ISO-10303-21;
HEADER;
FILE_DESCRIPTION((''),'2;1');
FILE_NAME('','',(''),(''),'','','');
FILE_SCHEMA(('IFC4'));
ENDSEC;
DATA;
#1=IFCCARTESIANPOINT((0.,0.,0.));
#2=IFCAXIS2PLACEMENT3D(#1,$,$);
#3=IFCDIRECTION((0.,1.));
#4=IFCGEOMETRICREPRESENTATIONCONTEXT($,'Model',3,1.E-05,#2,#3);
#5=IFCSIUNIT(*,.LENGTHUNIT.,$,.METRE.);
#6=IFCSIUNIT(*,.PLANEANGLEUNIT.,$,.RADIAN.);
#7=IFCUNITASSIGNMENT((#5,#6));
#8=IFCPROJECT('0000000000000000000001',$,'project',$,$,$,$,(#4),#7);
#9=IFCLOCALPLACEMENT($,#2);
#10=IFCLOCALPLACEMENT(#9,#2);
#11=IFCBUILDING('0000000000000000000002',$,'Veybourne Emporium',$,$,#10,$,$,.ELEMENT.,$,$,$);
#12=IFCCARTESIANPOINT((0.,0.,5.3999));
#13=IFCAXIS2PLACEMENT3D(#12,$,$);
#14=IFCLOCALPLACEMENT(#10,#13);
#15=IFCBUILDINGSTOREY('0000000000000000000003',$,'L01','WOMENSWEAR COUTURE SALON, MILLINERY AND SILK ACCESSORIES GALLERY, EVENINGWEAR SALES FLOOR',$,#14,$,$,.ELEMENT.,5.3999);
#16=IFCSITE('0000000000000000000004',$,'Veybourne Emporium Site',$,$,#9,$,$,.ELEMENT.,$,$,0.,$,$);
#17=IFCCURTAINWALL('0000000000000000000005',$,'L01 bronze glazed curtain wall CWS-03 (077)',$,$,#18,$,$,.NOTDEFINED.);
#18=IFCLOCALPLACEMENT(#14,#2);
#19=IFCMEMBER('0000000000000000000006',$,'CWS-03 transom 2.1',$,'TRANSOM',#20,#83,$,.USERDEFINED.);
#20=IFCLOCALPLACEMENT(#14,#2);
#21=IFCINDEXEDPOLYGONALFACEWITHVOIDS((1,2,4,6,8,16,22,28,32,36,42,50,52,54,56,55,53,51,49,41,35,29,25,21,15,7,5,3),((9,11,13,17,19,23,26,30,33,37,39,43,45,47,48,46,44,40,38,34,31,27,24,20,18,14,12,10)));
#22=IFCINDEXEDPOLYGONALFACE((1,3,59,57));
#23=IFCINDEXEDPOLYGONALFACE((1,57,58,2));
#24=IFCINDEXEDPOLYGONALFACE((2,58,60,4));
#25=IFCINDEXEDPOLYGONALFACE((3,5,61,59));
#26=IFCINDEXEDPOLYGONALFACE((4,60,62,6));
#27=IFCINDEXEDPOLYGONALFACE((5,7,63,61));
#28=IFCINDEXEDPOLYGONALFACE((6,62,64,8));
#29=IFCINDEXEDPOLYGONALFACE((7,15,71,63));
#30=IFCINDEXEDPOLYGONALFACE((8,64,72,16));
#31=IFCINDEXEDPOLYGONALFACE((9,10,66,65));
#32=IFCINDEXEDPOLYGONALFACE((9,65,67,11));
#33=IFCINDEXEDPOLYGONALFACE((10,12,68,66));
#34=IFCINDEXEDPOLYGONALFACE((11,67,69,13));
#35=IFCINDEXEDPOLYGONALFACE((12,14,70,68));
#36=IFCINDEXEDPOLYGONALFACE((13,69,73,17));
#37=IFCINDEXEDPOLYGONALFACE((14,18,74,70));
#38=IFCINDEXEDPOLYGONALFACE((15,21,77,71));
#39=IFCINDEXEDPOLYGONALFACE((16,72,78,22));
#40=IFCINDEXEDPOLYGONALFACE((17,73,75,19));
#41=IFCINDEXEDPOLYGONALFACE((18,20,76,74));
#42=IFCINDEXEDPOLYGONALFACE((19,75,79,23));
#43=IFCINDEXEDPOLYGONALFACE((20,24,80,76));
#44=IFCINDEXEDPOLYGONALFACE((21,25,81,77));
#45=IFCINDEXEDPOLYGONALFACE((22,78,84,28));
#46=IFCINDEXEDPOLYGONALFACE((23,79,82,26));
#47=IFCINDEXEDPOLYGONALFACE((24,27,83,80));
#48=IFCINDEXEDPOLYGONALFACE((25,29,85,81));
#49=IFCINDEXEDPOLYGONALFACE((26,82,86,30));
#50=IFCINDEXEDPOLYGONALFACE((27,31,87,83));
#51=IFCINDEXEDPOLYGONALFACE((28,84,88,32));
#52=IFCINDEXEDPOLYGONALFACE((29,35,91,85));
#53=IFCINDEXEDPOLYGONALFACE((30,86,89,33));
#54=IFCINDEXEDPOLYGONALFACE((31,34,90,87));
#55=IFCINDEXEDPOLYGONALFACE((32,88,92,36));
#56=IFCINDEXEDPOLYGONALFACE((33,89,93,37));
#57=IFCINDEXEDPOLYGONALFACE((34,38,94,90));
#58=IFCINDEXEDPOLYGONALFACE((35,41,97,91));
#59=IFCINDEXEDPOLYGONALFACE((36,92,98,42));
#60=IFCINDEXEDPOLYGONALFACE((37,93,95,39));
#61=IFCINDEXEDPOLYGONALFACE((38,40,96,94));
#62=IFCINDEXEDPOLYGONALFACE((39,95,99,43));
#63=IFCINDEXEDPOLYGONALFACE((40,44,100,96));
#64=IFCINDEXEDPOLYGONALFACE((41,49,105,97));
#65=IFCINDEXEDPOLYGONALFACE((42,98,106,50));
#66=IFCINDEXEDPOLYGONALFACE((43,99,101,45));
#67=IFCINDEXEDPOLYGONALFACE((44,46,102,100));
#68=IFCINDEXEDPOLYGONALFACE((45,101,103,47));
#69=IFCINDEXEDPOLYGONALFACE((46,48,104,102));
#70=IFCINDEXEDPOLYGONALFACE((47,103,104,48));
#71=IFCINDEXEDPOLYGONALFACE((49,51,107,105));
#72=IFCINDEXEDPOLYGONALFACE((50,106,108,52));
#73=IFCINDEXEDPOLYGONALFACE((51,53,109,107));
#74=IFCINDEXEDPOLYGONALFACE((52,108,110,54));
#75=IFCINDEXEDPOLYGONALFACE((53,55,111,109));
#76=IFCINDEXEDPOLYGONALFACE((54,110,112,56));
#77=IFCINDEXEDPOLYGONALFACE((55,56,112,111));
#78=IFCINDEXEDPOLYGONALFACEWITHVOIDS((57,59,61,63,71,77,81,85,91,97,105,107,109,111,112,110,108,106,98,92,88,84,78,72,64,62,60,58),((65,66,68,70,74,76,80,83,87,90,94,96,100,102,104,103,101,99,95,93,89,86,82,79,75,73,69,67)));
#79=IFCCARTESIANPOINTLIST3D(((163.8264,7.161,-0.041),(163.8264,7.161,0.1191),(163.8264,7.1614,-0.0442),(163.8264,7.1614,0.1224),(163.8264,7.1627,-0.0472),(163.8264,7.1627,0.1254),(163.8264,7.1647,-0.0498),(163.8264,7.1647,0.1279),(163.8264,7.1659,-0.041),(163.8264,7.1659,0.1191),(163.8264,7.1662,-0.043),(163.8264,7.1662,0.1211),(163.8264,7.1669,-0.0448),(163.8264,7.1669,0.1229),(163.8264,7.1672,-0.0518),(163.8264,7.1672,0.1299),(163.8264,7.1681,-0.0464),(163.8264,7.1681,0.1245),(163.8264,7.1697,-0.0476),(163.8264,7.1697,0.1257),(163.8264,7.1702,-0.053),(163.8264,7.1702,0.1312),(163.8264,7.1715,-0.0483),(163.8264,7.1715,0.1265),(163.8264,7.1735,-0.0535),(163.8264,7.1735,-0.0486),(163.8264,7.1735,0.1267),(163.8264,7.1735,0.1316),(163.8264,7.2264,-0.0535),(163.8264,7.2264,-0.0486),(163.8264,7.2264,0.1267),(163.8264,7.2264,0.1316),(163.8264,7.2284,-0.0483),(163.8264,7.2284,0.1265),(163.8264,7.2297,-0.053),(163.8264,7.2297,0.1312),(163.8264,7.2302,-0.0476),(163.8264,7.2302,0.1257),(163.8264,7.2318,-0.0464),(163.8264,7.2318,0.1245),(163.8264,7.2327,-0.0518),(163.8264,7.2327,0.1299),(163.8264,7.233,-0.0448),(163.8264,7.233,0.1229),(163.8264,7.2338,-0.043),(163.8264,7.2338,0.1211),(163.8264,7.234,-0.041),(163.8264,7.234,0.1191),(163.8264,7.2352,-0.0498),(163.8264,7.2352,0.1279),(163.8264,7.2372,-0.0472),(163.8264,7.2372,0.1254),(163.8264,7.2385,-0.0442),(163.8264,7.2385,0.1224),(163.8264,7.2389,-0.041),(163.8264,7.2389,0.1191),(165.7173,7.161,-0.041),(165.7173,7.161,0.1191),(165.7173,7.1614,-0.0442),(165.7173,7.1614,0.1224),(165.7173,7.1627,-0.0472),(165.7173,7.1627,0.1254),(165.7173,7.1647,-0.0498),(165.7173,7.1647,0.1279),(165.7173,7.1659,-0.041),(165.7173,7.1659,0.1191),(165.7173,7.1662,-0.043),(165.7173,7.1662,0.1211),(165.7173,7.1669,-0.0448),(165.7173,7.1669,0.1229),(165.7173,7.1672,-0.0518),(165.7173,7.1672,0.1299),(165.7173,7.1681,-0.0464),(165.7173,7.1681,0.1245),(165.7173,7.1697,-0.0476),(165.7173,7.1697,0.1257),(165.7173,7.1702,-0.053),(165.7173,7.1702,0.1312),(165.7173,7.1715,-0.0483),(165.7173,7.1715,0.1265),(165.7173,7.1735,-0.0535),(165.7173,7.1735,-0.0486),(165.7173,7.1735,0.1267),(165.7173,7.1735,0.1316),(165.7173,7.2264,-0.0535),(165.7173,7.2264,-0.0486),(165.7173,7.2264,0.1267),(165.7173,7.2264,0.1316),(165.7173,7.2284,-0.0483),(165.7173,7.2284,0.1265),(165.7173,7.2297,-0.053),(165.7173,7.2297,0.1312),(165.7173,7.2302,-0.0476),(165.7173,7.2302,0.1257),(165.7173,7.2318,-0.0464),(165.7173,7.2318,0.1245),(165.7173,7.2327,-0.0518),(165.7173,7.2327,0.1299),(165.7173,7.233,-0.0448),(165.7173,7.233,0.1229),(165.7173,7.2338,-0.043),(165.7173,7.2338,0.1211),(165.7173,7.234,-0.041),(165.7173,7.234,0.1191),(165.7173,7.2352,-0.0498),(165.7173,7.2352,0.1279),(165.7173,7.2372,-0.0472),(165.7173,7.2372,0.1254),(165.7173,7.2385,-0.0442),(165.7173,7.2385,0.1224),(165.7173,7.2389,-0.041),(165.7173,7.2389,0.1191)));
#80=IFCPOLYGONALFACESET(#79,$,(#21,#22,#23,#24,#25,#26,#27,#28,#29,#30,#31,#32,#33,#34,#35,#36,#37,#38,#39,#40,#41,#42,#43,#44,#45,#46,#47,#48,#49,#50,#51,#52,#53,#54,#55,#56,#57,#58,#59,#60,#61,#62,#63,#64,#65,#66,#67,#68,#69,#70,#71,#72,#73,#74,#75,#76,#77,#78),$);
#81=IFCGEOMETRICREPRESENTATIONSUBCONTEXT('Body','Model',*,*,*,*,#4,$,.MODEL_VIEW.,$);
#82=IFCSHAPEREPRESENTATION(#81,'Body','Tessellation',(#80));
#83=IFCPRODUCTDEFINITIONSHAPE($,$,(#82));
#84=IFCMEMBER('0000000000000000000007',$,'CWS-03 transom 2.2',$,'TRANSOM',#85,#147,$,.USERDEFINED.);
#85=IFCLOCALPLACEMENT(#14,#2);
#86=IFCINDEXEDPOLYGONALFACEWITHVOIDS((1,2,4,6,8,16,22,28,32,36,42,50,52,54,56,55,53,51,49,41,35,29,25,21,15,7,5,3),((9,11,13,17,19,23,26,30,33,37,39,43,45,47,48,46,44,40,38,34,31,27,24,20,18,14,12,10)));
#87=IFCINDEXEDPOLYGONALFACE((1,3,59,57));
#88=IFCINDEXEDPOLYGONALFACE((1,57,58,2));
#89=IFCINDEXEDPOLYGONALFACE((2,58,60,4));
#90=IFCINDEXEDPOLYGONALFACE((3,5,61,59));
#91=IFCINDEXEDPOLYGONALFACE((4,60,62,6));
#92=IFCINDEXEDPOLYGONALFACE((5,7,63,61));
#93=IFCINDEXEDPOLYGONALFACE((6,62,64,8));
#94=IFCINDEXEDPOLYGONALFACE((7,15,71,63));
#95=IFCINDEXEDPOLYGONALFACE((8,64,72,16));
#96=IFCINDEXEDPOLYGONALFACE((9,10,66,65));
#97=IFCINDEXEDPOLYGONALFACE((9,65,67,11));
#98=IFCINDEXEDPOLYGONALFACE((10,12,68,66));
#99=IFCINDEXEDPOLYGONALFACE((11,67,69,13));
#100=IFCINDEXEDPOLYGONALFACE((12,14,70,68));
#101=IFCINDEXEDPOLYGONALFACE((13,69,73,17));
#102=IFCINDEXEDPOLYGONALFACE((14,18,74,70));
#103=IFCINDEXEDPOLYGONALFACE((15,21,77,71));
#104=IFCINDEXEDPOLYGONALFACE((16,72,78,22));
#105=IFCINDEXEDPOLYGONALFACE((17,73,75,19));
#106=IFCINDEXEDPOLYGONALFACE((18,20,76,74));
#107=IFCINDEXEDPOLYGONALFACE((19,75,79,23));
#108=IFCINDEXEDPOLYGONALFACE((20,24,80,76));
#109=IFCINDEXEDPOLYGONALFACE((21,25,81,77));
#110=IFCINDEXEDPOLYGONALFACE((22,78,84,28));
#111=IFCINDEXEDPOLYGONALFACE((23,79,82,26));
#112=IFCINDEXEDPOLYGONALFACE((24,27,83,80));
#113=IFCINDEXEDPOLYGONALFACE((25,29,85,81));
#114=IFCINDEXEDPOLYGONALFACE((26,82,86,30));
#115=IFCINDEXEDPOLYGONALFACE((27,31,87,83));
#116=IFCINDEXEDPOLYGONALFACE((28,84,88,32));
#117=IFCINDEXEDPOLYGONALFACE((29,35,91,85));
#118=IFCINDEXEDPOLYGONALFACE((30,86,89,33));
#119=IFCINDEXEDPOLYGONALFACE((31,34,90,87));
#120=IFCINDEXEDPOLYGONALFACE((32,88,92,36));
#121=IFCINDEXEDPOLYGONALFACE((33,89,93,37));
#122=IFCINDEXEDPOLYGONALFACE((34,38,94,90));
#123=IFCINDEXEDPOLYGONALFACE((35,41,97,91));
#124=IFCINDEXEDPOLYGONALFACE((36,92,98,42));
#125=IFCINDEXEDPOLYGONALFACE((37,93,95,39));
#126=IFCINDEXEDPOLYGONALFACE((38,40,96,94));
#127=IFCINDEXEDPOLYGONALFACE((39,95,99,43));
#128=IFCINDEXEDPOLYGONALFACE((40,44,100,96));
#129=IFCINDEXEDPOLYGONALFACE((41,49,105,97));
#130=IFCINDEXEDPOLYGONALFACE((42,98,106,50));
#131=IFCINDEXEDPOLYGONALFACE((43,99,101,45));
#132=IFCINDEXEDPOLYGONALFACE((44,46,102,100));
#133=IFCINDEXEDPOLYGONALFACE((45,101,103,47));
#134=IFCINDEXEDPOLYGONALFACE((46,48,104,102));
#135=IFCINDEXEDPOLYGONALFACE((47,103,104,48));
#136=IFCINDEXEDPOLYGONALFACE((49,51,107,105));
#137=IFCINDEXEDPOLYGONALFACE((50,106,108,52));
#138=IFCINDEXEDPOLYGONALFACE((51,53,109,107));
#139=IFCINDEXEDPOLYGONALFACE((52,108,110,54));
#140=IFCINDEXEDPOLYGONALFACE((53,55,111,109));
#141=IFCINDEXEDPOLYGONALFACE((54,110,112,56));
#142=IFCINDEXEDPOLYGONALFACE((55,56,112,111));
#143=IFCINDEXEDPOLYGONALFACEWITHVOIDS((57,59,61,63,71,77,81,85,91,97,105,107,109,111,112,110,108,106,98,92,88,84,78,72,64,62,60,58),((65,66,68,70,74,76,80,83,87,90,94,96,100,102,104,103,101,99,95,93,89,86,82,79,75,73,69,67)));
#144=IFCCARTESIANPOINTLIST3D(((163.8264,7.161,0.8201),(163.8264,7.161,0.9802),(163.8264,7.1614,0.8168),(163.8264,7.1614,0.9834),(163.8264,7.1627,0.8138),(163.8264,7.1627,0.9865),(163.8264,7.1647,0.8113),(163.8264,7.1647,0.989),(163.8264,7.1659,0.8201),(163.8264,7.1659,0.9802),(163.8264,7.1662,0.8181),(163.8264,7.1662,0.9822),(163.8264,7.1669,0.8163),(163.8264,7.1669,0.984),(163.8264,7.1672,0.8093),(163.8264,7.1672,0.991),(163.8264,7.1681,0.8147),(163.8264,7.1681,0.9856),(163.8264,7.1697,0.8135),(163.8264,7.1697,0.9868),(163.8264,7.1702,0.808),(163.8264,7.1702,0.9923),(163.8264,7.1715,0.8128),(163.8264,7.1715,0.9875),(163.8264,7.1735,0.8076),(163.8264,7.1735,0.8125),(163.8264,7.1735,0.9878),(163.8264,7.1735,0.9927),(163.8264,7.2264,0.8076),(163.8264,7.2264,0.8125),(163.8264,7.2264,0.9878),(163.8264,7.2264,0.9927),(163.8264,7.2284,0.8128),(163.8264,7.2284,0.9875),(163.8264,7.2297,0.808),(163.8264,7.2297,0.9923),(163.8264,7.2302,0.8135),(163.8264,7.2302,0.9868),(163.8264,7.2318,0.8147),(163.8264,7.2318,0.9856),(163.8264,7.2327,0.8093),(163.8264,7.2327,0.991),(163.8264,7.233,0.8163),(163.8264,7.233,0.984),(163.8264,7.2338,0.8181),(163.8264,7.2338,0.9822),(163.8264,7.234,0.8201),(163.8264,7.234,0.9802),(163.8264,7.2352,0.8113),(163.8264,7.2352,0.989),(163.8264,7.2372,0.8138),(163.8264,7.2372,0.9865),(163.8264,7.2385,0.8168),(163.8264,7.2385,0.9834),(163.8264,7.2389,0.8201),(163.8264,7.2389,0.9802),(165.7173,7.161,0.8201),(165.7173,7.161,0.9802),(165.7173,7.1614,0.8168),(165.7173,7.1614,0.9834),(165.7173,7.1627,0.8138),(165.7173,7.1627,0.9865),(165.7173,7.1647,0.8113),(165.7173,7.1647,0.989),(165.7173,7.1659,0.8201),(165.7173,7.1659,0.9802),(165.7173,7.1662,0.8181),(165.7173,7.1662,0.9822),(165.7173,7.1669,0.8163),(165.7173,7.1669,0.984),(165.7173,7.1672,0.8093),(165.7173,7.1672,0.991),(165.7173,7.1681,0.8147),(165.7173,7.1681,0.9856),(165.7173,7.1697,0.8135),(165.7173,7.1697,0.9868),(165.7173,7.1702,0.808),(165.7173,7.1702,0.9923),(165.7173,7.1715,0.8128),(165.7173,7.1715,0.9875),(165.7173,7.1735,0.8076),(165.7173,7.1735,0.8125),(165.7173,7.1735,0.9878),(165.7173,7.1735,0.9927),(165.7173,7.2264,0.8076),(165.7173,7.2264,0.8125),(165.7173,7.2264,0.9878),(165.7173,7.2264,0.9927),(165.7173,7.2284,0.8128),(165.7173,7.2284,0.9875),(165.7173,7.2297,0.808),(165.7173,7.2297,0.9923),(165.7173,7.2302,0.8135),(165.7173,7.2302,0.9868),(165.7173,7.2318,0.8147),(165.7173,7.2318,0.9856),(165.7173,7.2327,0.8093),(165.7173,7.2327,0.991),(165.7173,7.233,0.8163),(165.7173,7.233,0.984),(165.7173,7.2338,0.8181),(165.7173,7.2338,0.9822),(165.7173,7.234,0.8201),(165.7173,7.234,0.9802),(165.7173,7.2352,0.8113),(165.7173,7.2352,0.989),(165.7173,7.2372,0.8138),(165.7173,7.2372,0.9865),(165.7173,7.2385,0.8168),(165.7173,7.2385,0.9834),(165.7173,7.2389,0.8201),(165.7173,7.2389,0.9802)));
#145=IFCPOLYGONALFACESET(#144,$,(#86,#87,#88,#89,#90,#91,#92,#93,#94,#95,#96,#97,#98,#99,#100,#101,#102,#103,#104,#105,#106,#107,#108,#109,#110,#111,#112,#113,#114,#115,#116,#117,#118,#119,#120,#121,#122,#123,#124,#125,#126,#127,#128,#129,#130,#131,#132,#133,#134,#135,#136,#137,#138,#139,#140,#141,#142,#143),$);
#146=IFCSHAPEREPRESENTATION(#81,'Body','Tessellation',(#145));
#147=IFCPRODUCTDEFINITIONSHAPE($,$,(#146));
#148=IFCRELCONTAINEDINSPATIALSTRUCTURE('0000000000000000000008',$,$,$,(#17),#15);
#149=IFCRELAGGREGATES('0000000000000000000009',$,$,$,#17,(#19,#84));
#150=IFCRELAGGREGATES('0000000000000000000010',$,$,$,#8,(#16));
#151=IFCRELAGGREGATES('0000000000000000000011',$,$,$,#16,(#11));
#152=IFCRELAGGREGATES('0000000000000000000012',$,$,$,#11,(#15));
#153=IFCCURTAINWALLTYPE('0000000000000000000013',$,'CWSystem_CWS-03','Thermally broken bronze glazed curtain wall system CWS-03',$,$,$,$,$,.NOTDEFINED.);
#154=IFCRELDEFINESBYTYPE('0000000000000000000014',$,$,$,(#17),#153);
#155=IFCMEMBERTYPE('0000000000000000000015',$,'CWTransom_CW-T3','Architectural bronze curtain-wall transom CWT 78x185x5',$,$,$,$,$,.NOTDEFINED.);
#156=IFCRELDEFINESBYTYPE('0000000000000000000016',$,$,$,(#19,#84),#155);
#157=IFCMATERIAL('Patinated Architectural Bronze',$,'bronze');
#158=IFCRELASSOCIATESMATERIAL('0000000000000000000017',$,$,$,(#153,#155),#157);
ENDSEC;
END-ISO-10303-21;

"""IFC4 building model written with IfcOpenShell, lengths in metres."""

from ifc_helpers import new_model, si_unit, direction, frame, origin, origin_2d, place, context, subcontext, project, spatial, hollow_rectangle, extrude, material, material_profile, profile_set, type_object, element, aggregate, save


model = new_model("IFC4")

# Units and contexts
model_context = context("Model", 3, precision=1e-05, world=origin(), true_north=direction((0.0, 1.0)))
body_context = subcontext(model_context, "Body", "Model", "MODEL_VIEW")
ifc_project = project(units=[si_unit("LENGTHUNIT", "METRE"), si_unit("PLANEANGLEUNIT", "RADIAN")], contexts=[model_context])

# Site, building, storey
site_placement = place(None, origin())
site = spatial("IfcSite", under=ifc_project, at=site_placement, Name="Veybourne Emporium Site", CompositionType="ELEMENT", RefElevation=0.0)
building_placement = place(site_placement, origin())
building = spatial("IfcBuilding", under=site, at=building_placement, Name="Veybourne Emporium", CompositionType="ELEMENT")
storey_placement = place(building_placement, frame((0.0, 0.0, 5.3999)))
storey = spatial("IfcBuildingStorey", under=building, at=storey_placement, Name="L01", Description="WOMENSWEAR COUTURE SALON, MILLINERY AND SILK ACCESSORIES GALLERY, EVENINGWEAR SALES FLOOR", CompositionType="ELEMENT", Elevation=5.3999)

# Curtain wall, members
ifc_material_1 = material(Name="Patinated Architectural Bronze", Category="bronze")
curtain_wall_type = type_object("IfcCurtainWallType", Name="CWSystem_CWS-03", Description="Thermally broken bronze glazed curtain wall system CWS-03", PredefinedType="NOTDEFINED", material=ifc_material_1)
curtain_wall_placement = place(storey_placement, origin())
curtain_wall = element("IfcCurtainWall", 1, at=curtain_wall_placement, inside=storey, type_object=curtain_wall_type, Name="L01 bronze glazed curtain wall CWS-03 (077)", PredefinedType="NOTDEFINED")
ifc_material_profile_1 = material_profile(ifc_material_1, hollow_rectangle(XDim=0.0779, YDim=0.1851, WallThickness=0.0049, InnerFilletRadius=0.0076, OuterFilletRadius=0.0125, at=origin_2d()), Name="CWT 78x185x5")
ifc_profile_set_1 = profile_set([ifc_material_profile_1], Name="Patinated Architectural Bronze")
member_type_1 = type_object("IfcMemberType", Name="CWTransom_CW-T3", Description="Architectural bronze curtain-wall transom CWT 78x185x5", PredefinedType="NOTDEFINED", material=ifc_profile_set_1)
member_1_placement = place(storey_placement, frame((165.7173, 7.2, 0.0391), z_axis=(-1.0, 0.0, 0.0), x_axis=(0.0, -1.0, 0.0)))
member_1 = element("IfcMember", 2, at=member_1_placement, type_object=member_type_1, Name="CWS-03 transom 2.1", ObjectType="TRANSOM", PredefinedType="USERDEFINED", context=body_context, shape_type="SweptSolid", body=[
    extrude(hollow_rectangle(XDim=0.0779, YDim=0.1851, WallThickness=0.0049, InnerFilletRadius=0.0076, OuterFilletRadius=0.0125, at=origin_2d()), origin(), (0.0, 0.0, 1.0), 1.8909),
])
member_2_placement = place(storey_placement, frame((165.7173, 7.2, 0.9001), z_axis=(-1.0, 0.0, 0.0), x_axis=(0.0, -1.0, 0.0)))
member_2 = element("IfcMember", 3, at=member_2_placement, type_object=member_type_1, Name="CWS-03 transom 2.2", ObjectType="TRANSOM", PredefinedType="USERDEFINED", context=body_context, shape_type="SweptSolid", body=[
    extrude(hollow_rectangle(XDim=0.0779, YDim=0.1851, WallThickness=0.0049, InnerFilletRadius=0.0076, OuterFilletRadius=0.0125, at=origin_2d()), origin(), (0.0, 0.0, 1.0), 1.8909),
])
aggregate(curtain_wall, [member_1, member_2])

save(model, "model.ifc")
